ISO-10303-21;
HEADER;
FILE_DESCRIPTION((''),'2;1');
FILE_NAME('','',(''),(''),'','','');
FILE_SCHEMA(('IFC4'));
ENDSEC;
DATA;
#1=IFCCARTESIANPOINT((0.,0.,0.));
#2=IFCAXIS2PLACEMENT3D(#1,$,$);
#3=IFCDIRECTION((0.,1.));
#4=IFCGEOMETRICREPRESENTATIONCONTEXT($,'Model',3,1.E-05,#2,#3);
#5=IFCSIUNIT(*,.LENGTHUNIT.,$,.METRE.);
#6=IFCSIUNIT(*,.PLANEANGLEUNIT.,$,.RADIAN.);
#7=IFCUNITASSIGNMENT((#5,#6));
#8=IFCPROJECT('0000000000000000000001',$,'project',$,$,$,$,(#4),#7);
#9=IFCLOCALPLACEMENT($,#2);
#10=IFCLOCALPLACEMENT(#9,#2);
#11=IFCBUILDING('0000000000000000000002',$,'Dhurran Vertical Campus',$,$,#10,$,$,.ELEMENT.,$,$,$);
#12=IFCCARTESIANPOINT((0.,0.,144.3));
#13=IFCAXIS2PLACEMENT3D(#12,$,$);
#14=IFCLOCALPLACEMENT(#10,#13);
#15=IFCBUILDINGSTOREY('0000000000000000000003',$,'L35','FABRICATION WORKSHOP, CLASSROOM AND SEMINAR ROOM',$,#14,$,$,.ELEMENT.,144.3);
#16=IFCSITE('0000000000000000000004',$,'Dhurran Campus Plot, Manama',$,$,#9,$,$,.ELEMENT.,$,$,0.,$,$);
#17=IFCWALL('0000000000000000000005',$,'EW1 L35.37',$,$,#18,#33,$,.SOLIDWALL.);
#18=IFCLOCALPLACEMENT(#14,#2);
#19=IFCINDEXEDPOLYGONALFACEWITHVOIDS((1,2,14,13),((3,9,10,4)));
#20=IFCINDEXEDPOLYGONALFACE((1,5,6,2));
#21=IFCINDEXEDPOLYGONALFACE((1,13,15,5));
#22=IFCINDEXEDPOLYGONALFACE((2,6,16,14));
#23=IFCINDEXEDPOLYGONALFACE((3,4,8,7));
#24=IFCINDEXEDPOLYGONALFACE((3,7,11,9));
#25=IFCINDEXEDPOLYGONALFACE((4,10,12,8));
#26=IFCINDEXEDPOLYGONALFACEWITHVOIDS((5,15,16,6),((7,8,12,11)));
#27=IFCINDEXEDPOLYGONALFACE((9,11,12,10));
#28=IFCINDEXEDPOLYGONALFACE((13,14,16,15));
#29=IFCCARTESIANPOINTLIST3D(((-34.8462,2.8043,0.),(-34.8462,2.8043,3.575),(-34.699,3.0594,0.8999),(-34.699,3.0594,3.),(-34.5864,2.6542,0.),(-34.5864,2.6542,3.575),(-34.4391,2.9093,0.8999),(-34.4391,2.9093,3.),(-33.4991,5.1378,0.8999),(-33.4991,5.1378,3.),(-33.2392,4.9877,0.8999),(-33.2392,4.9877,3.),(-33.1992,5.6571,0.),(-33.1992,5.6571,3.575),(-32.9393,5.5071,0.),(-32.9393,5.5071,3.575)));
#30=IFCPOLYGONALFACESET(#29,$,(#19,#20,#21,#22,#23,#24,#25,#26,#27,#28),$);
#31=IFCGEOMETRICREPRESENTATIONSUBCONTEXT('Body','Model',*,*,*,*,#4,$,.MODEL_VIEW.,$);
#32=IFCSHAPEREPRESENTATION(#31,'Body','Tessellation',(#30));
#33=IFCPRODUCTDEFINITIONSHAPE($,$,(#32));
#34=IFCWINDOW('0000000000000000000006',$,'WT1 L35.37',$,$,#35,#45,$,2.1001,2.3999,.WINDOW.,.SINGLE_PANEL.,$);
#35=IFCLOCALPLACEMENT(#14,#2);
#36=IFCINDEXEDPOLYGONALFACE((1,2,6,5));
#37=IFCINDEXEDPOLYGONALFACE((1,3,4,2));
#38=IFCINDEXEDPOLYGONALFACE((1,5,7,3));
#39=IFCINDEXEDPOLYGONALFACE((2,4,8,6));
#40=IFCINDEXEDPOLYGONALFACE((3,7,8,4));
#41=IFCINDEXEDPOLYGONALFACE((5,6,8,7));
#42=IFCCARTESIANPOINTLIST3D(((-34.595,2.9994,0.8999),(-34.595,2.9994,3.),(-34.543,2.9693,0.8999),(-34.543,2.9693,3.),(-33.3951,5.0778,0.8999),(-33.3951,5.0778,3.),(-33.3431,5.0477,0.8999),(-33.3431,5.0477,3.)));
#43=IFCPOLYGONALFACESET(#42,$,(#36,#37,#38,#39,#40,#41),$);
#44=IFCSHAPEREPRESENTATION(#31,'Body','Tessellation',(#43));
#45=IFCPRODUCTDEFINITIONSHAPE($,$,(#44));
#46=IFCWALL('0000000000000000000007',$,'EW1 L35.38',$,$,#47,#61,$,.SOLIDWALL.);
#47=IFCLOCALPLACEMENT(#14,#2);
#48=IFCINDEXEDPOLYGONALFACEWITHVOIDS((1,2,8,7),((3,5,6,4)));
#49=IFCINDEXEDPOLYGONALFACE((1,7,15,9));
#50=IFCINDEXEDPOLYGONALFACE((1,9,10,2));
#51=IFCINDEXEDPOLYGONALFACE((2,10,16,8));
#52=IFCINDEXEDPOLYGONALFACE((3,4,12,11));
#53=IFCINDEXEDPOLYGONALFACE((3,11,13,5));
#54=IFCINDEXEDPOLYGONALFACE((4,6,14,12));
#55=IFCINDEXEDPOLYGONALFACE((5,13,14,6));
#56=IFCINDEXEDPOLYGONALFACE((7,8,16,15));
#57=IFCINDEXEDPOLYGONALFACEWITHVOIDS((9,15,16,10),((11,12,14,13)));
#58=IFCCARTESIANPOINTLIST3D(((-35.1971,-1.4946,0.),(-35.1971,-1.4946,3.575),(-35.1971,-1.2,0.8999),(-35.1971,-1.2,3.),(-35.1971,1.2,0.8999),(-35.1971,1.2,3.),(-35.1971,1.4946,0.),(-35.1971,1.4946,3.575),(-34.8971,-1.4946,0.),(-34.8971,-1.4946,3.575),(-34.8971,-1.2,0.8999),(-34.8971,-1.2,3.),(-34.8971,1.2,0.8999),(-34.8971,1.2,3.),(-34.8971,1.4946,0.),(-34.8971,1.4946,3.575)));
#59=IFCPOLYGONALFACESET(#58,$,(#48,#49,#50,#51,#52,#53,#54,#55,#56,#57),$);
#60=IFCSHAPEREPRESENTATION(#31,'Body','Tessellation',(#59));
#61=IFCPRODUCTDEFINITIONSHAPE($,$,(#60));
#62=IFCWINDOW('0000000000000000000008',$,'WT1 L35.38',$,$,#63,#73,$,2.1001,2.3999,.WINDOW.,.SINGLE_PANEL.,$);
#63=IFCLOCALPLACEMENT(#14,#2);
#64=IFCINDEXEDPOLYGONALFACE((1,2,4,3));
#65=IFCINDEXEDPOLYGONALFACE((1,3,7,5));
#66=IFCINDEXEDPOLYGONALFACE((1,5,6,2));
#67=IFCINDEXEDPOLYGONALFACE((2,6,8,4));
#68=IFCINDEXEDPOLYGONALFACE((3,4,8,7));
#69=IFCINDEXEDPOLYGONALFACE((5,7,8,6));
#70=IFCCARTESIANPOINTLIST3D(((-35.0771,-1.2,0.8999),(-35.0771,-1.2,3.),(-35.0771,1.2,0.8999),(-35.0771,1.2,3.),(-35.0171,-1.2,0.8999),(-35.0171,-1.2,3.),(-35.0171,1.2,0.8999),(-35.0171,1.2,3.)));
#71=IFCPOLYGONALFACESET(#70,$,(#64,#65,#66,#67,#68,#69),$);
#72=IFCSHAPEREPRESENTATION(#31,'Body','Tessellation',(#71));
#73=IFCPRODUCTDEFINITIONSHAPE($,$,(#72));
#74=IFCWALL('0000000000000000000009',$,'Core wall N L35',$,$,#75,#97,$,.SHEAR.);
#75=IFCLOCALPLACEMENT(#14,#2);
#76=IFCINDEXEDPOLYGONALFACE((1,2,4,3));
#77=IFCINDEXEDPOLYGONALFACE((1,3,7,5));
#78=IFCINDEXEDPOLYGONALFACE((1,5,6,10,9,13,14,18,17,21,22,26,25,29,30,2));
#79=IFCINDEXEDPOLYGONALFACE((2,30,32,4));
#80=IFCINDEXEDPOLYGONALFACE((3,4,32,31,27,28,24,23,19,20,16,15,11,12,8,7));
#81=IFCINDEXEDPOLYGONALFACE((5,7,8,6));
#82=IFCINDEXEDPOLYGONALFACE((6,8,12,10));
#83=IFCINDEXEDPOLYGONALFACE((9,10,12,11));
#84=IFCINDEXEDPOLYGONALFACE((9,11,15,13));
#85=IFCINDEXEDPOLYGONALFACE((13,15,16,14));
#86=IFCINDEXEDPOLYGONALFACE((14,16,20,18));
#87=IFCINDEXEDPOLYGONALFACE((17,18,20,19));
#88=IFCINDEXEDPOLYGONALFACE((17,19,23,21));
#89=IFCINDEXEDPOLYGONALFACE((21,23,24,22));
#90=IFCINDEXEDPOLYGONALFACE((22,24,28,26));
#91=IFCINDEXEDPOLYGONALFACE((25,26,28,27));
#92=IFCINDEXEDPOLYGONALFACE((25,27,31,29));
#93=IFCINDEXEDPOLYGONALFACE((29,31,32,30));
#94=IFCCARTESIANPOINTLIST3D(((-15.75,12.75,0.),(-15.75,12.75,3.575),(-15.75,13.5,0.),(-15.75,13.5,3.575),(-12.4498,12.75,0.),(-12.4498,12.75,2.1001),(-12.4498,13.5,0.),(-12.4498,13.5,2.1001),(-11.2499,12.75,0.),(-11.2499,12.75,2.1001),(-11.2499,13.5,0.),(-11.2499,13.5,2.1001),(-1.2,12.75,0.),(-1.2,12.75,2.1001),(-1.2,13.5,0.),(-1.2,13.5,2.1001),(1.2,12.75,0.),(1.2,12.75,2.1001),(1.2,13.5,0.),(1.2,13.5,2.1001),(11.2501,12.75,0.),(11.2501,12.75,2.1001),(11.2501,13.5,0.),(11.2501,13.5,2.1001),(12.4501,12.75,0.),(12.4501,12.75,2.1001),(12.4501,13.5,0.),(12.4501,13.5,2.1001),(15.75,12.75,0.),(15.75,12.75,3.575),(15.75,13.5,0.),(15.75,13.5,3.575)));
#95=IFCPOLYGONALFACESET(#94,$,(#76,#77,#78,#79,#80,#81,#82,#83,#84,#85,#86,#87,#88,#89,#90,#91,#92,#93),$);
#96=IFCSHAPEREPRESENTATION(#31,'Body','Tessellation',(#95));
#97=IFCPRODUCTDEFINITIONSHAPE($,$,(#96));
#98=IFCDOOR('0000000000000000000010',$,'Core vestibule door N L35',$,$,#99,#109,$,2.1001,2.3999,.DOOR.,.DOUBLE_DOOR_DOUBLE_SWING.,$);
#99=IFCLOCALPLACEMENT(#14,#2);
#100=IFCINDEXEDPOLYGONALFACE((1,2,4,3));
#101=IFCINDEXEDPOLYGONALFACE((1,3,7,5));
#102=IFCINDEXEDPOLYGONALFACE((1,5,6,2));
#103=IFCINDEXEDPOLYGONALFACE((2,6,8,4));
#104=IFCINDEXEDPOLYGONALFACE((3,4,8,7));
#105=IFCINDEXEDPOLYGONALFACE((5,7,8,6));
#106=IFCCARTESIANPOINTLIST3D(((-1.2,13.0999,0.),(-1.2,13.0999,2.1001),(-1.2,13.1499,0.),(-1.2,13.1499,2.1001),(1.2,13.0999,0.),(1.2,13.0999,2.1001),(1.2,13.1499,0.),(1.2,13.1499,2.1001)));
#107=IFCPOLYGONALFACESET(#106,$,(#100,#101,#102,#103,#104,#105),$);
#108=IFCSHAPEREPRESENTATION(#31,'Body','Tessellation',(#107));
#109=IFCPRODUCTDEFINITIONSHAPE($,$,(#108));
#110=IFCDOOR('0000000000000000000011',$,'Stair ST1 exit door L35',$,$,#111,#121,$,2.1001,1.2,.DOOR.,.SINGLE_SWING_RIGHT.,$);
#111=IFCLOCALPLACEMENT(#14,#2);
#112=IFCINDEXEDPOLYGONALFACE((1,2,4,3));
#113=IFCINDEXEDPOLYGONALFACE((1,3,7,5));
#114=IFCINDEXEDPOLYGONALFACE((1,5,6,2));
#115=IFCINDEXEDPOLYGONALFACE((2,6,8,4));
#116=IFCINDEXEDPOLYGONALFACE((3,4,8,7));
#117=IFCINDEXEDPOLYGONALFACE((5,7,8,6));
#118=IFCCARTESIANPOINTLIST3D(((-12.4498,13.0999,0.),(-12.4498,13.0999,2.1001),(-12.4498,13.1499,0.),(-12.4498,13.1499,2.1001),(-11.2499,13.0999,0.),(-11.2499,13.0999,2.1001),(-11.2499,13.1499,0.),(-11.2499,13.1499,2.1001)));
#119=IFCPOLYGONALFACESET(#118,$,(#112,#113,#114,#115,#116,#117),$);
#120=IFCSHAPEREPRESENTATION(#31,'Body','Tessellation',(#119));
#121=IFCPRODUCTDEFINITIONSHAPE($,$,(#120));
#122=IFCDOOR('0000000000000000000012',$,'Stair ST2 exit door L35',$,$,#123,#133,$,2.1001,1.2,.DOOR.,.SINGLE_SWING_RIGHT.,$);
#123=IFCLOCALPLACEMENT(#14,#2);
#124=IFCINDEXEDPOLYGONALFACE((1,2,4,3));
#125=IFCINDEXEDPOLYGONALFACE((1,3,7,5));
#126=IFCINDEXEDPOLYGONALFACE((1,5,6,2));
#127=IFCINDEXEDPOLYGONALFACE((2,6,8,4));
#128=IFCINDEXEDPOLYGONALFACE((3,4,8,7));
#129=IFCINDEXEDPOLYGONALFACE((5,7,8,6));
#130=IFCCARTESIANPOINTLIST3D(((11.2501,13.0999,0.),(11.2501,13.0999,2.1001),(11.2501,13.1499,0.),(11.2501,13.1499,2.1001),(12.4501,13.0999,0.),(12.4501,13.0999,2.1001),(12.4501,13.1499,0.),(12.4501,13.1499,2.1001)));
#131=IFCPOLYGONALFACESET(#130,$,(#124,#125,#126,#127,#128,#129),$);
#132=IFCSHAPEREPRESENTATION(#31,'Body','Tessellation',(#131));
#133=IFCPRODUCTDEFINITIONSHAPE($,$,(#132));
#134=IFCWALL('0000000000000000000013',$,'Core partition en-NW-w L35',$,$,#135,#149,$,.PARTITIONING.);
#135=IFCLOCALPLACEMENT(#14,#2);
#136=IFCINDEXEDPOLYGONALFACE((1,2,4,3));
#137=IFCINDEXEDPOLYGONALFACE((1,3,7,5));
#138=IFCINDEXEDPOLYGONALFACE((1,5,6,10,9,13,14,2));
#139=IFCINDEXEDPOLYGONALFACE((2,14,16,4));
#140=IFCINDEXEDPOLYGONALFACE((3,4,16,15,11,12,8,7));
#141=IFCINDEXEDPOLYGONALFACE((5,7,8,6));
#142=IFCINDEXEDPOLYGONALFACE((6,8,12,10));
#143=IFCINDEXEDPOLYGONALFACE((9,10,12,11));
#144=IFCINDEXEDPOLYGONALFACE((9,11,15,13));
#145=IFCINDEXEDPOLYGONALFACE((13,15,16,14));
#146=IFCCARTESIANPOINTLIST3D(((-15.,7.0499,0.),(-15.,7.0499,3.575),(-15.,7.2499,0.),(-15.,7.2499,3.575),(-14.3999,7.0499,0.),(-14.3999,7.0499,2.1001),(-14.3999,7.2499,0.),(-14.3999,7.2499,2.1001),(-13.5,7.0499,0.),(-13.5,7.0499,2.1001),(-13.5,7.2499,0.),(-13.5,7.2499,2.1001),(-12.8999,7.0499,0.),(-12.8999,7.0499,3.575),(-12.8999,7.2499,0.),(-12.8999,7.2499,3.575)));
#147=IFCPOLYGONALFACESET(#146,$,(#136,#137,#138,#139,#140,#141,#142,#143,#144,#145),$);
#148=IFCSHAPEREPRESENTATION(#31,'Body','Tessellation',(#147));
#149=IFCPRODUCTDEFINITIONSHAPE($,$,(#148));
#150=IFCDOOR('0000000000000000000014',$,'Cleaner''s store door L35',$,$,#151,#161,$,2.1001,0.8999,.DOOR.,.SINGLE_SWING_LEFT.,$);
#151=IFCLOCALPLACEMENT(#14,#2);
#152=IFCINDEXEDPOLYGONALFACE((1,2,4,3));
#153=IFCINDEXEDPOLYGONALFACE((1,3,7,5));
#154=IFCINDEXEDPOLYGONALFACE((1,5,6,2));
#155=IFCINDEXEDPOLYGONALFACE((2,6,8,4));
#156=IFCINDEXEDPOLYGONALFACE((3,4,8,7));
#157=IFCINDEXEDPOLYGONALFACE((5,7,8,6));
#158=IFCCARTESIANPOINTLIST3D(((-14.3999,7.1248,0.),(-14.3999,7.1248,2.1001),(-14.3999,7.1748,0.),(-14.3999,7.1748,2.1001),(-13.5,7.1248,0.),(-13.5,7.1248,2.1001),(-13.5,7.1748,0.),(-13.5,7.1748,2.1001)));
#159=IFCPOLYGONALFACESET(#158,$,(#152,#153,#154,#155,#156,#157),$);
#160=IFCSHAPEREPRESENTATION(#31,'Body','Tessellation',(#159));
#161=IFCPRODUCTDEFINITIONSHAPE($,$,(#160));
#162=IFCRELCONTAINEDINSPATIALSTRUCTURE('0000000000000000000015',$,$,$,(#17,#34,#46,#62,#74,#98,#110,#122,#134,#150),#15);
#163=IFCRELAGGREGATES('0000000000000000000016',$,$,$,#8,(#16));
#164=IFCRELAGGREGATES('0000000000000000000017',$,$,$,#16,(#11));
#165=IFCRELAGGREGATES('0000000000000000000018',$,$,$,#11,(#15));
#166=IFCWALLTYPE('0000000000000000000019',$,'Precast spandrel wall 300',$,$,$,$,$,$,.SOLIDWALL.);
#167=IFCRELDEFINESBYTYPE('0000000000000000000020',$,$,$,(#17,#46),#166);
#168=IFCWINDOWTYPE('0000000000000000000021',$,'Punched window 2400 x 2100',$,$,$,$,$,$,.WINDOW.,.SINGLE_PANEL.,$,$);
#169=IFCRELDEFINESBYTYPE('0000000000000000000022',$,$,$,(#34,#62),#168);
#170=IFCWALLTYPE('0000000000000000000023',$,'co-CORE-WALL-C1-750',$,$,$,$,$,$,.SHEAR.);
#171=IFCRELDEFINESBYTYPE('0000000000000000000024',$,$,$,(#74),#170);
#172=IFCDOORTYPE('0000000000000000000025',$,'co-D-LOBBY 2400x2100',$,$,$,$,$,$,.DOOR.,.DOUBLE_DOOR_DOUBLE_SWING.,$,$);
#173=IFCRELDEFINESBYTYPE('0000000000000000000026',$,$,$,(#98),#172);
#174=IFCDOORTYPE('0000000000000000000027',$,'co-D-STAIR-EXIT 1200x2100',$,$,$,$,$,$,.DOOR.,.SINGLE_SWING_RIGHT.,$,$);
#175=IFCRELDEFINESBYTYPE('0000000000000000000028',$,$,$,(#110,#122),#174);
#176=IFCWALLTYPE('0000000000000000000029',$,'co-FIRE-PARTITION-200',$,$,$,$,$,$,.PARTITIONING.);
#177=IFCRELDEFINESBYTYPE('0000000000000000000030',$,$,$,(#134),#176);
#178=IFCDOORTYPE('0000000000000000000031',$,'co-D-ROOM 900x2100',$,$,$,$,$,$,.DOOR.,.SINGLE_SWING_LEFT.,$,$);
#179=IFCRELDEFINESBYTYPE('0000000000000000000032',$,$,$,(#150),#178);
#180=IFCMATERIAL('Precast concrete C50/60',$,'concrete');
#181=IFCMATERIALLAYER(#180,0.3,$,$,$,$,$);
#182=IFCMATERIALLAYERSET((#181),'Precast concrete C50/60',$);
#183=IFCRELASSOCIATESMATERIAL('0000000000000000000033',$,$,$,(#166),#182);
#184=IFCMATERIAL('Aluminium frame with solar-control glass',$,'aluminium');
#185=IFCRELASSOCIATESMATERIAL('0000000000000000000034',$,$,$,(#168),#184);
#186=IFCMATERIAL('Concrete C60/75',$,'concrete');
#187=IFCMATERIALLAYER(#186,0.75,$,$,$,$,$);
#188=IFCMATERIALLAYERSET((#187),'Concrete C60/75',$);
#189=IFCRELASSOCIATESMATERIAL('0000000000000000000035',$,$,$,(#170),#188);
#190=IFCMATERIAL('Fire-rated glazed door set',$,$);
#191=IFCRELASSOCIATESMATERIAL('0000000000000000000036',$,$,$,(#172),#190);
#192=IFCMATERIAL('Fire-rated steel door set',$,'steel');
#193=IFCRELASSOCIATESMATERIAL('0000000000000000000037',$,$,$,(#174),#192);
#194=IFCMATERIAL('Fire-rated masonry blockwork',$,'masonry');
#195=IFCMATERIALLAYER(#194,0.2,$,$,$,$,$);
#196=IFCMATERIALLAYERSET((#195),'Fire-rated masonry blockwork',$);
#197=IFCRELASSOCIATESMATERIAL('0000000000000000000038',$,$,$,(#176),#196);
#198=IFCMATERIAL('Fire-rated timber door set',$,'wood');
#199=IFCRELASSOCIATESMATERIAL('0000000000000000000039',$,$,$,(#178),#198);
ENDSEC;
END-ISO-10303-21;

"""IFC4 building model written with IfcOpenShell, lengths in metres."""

from ifc_helpers import new_model, si_unit, direction, frame, frame_2d, origin, place, context, subcontext, project, spatial, rectangle, extrude, material, layer, layer_set, type_object, element, fill, save


model = new_model("IFC4")

# Units and contexts
model_context = context("Model", 3, precision=1e-05, world=origin(), true_north=direction((0.0, 1.0)))
body_context = subcontext(model_context, "Body", "Model", "MODEL_VIEW")
ifc_project = project(units=[si_unit("LENGTHUNIT", "METRE"), si_unit("PLANEANGLEUNIT", "RADIAN")], contexts=[model_context])

# Site, building, storey
site_placement = place(None, origin())
site = spatial("IfcSite", under=ifc_project, at=site_placement, Name="Dhurran Campus Plot, Manama", CompositionType="ELEMENT", RefElevation=0.0)
building_placement = place(site_placement, origin())
building = spatial("IfcBuilding", under=site, at=building_placement, Name="Dhurran Vertical Campus", CompositionType="ELEMENT")
storey_placement = place(building_placement, frame((0.0, 0.0, 144.3)))
storey = spatial("IfcBuildingStorey", under=building, at=storey_placement, Name="L35", Description="FABRICATION WORKSHOP, CLASSROOM AND SEMINAR ROOM", CompositionType="ELEMENT", Elevation=144.3)

# Walls, openings, windows
ifc_material_1 = material(Name="Precast concrete C50/60", Category="concrete")
ifc_layer_1 = layer(ifc_material_1, 0.3)
ifc_layer_set_1 = layer_set([ifc_layer_1], Name="Precast concrete C50/60")
wall_type_1 = type_object("IfcWallType", Name="Precast spandrel wall 300", PredefinedType="SOLIDWALL", material=ifc_layer_set_1)
ifc_material_2 = material(Name="Aluminium frame with solar-control glass", Category="aluminium")
window_type = type_object("IfcWindowType", Name="Punched window 2400 x 2100", PartitioningType="SINGLE_PANEL", PredefinedType="WINDOW", material=ifc_material_2)
wall_1_placement = place(storey_placement, frame((-33.0693, 5.582, 0.0), z_axis=(0.0, 0.0, 1.0), x_axis=(-0.499981, -0.866036, 0.0)))
wall_1 = element("IfcWall", 1, at=wall_1_placement, inside=storey, type_object=wall_type_1, Name="EW1 L35.37", PredefinedType="SOLIDWALL", context=body_context, shape_type="SweptSolid", body=[
    extrude(rectangle(XDim=3.2942, YDim=0.3, at=frame_2d((1.647, 0.0))), origin(), (0.0, 0.0, 1.0), 3.575),
])
opening_1_placement = place(wall_1_placement, frame((0.5996, 0.0, 0.8999)))
opening_1 = element("IfcOpeningElement", 2, at=opening_1_placement, cuts=wall_1, PredefinedType="OPENING", context=body_context, shape_type="SweptSolid", body=[
    extrude(rectangle(XDim=2.3999, YDim=2.1001, at=frame_2d((1.2, 1.05))), frame((0.0, 0.1599, 0.0), z_axis=(0.0, -1.0, 0.0), x_axis=(1.0, 0.0, 0.0)), (0.0, 0.0, 1.0), 0.3201),
])
window_1_placement = place(opening_1_placement, origin())
window_1 = element("IfcWindow", 3, at=window_1_placement, inside=storey, type_object=window_type, Name="WT1 L35.37", OverallHeight=2.1001, OverallWidth=2.3999, PartitioningType="SINGLE_PANEL", PredefinedType="WINDOW", context=body_context, shape_type="SweptSolid", body=[
    extrude(rectangle(XDim=2.3999, YDim=2.1001, at=frame_2d((1.2, 1.05))), frame((0.0, 0.03, 0.0), z_axis=(0.0, -1.0, 0.0), x_axis=(1.0, 0.0, 0.0)), (0.0, 0.0, 1.0), 0.0601),
])
fill(opening_1, window_1)
wall_2_placement = place(storey_placement, frame((-35.0471, 1.4946, 0.0), z_axis=(0.0, 0.0, 1.0), x_axis=(0.0, -1.0, 0.0)))
wall_2 = element("IfcWall", 4, at=wall_2_placement, inside=storey, type_object=wall_type_1, Name="EW1 L35.38", PredefinedType="SOLIDWALL", context=body_context, shape_type="SweptSolid", body=[
    extrude(rectangle(XDim=2.9893, YDim=0.3, at=frame_2d((1.4946, 0.0))), origin(), (0.0, 0.0, 1.0), 3.575),
])
opening_2_placement = place(wall_2_placement, frame((0.2947, 0.0, 0.8999)))
opening_2 = element("IfcOpeningElement", 5, at=opening_2_placement, cuts=wall_2, PredefinedType="OPENING", context=body_context, shape_type="SweptSolid", body=[
    extrude(rectangle(XDim=2.3999, YDim=2.1001, at=frame_2d((1.2, 1.05))), frame((0.0, 0.1599, 0.0), z_axis=(0.0, -1.0, 0.0), x_axis=(1.0, 0.0, 0.0)), (0.0, 0.0, 1.0), 0.3201),
])
window_2_placement = place(opening_2_placement, origin())
window_2 = element("IfcWindow", 6, at=window_2_placement, inside=storey, type_object=window_type, Name="WT1 L35.38", OverallHeight=2.1001, OverallWidth=2.3999, PartitioningType="SINGLE_PANEL", PredefinedType="WINDOW", context=body_context, shape_type="SweptSolid", body=[
    extrude(rectangle(XDim=2.3999, YDim=2.1001, at=frame_2d((1.2, 1.05))), frame((0.0, 0.03, 0.0), z_axis=(0.0, -1.0, 0.0), x_axis=(1.0, 0.0, 0.0)), (0.0, 0.0, 1.0), 0.0601),
])
fill(opening_2, window_2)

# Wall, openings, doors
ifc_material_3 = material(Name="Concrete C60/75", Category="concrete")
ifc_layer_2 = layer(ifc_material_3, 0.75)
ifc_layer_set_2 = layer_set([ifc_layer_2], Name="Concrete C60/75")
wall_type_2 = type_object("IfcWallType", Name="co-CORE-WALL-C1-750", PredefinedType="SHEAR", material=ifc_layer_set_2)
wall_3_placement = place(storey_placement, frame((-15.75, 13.125, 0.0), z_axis=(0.0, 0.0, 1.0), x_axis=(1.0, 0.0, 0.0)))
wall_3 = element("IfcWall", 7, at=wall_3_placement, inside=storey, type_object=wall_type_2, Name="Core wall N L35", PredefinedType="SHEAR", context=body_context, shape_type="SweptSolid", body=[
    extrude(rectangle(XDim=31.5, YDim=0.75, at=frame_2d((15.75, 0.0))), origin(), (0.0, 0.0, 1.0), 3.575),
])
opening_3_placement = place(wall_3_placement, frame((14.55, 0.0, 0.0)))
opening_3 = element("IfcOpeningElement", 8, at=opening_3_placement, cuts=wall_3, PredefinedType="OPENING", context=body_context, shape_type="SweptSolid", body=[
    extrude(rectangle(XDim=2.3999, YDim=2.1001, at=frame_2d((1.2, 1.05))), frame((0.0, 0.385, 0.0), z_axis=(0.0, -1.0, 0.0), x_axis=(1.0, 0.0, 0.0)), (0.0, 0.0, 1.0), 0.77),
])
opening_4_placement = place(wall_3_placement, frame((3.3, 0.0, 0.0)))
opening_4 = element("IfcOpeningElement", 9, at=opening_4_placement, cuts=wall_3, PredefinedType="OPENING", context=body_context, shape_type="SweptSolid", body=[
    extrude(rectangle(XDim=1.2, YDim=2.1001, at=frame_2d((0.6001, 1.05))), frame((0.0, 0.385, 0.0), z_axis=(0.0, -1.0, 0.0), x_axis=(1.0, 0.0, 0.0)), (0.0, 0.0, 1.0), 0.77),
])
opening_5_placement = place(wall_3_placement, frame((27.0, 0.0, 0.0)))
opening_5 = element("IfcOpeningElement", 10, at=opening_5_placement, cuts=wall_3, PredefinedType="OPENING", context=body_context, shape_type="SweptSolid", body=[
    extrude(rectangle(XDim=1.2, YDim=2.1001, at=frame_2d((0.6001, 1.05))), frame((0.0, 0.385, 0.0), z_axis=(0.0, -1.0, 0.0), x_axis=(1.0, 0.0, 0.0)), (0.0, 0.0, 1.0), 0.77),
])
ifc_material_4 = material(Name="Fire-rated glazed door set")
door_type_1 = type_object("IfcDoorType", Name="co-D-LOBBY 2400x2100", OperationType="DOUBLE_DOOR_DOUBLE_SWING", PredefinedType="DOOR", material=ifc_material_4)
door_1_placement = place(opening_3_placement, origin())
door_1 = element("IfcDoor", 11, at=door_1_placement, inside=storey, type_object=door_type_1, Name="Core vestibule door N L35", OperationType="DOUBLE_DOOR_DOUBLE_SWING", OverallHeight=2.1001, OverallWidth=2.3999, PredefinedType="DOOR", context=body_context, shape_type="SweptSolid", body=[
    extrude(rectangle(XDim=2.3999, YDim=2.1001, at=frame_2d((1.2, 1.05))), frame((0.0, 0.0249, 0.0), z_axis=(0.0, -1.0, 0.0), x_axis=(1.0, 0.0, 0.0)), (0.0, 0.0, 1.0), 0.05),
])
fill(opening_3, door_1)
ifc_material_5 = material(Name="Fire-rated steel door set", Category="steel")
door_type_2 = type_object("IfcDoorType", Name="co-D-STAIR-EXIT 1200x2100", OperationType="SINGLE_SWING_RIGHT", PredefinedType="DOOR", material=ifc_material_5)
door_2_placement = place(opening_4_placement, origin())
door_2 = element("IfcDoor", 12, at=door_2_placement, inside=storey, type_object=door_type_2, Name="Stair ST1 exit door L35", OperationType="SINGLE_SWING_RIGHT", OverallHeight=2.1001, OverallWidth=1.2, PredefinedType="DOOR", context=body_context, shape_type="SweptSolid", body=[
    extrude(rectangle(XDim=1.2, YDim=2.1001, at=frame_2d((0.6001, 1.05))), frame((0.0, 0.0249, 0.0), z_axis=(0.0, -1.0, 0.0), x_axis=(1.0, 0.0, 0.0)), (0.0, 0.0, 1.0), 0.05),
])
fill(opening_4, door_2)
door_3_placement = place(opening_5_placement, origin())
door_3 = element("IfcDoor", 13, at=door_3_placement, inside=storey, type_object=door_type_2, Name="Stair ST2 exit door L35", OperationType="SINGLE_SWING_RIGHT", OverallHeight=2.1001, OverallWidth=1.2, PredefinedType="DOOR", context=body_context, shape_type="SweptSolid", body=[
    extrude(rectangle(XDim=1.2, YDim=2.1001, at=frame_2d((0.6001, 1.05))), frame((0.0, 0.0249, 0.0), z_axis=(0.0, -1.0, 0.0), x_axis=(1.0, 0.0, 0.0)), (0.0, 0.0, 1.0), 0.05),
])
fill(opening_5, door_3)

# Wall, opening, door
ifc_material_6 = material(Name="Fire-rated masonry blockwork", Category="masonry")
ifc_layer_3 = layer(ifc_material_6, 0.2)
ifc_layer_set_3 = layer_set([ifc_layer_3], Name="Fire-rated masonry blockwork")
wall_type_3 = type_object("IfcWallType", Name="co-FIRE-PARTITION-200", PredefinedType="PARTITIONING", material=ifc_layer_set_3)
wall_4_placement = place(storey_placement, frame((-15.0, 7.1499, 0.0), z_axis=(0.0, 0.0, 1.0), x_axis=(1.0, 0.0, 0.0)))
wall_4 = element("IfcWall", 14, at=wall_4_placement, inside=storey, type_object=wall_type_3, Name="Core partition en-NW-w L35", PredefinedType="PARTITIONING", context=body_context, shape_type="SweptSolid", body=[
    extrude(rectangle(XDim=2.1001, YDim=0.2, at=frame_2d((1.05, 0.0))), origin(), (0.0, 0.0, 1.0), 3.575),
])
opening_6_placement = place(wall_4_placement, frame((0.6001, 0.0, 0.0)))
opening_6 = element("IfcOpeningElement", 15, at=opening_6_placement, cuts=wall_4, PredefinedType="OPENING", context=body_context, shape_type="SweptSolid", body=[
    extrude(rectangle(XDim=0.8999, YDim=2.1001, at=frame_2d((0.45, 1.05))), frame((0.0, 0.1099, 0.0), z_axis=(0.0, -1.0, 0.0), x_axis=(1.0, 0.0, 0.0)), (0.0, 0.0, 1.0), 0.22),
])
ifc_material_7 = material(Name="Fire-rated timber door set", Category="wood")
door_type_3 = type_object("IfcDoorType", Name="co-D-ROOM 900x2100", OperationType="SINGLE_SWING_LEFT", PredefinedType="DOOR", material=ifc_material_7)
door_4_placement = place(opening_6_placement, origin())
door_4 = element("IfcDoor", 16, at=door_4_placement, inside=storey, type_object=door_type_3, Name="Cleaner's store door L35", OperationType="SINGLE_SWING_LEFT", OverallHeight=2.1001, OverallWidth=0.8999, PredefinedType="DOOR", context=body_context, shape_type="SweptSolid", body=[
    extrude(rectangle(XDim=0.8999, YDim=2.1001, at=frame_2d((0.45, 1.05))), frame((0.0, 0.0249, 0.0), z_axis=(0.0, -1.0, 0.0), x_axis=(1.0, 0.0, 0.0)), (0.0, 0.0, 1.0), 0.05),
])
fill(opening_6, door_4)

save(model, "model.ifc")
